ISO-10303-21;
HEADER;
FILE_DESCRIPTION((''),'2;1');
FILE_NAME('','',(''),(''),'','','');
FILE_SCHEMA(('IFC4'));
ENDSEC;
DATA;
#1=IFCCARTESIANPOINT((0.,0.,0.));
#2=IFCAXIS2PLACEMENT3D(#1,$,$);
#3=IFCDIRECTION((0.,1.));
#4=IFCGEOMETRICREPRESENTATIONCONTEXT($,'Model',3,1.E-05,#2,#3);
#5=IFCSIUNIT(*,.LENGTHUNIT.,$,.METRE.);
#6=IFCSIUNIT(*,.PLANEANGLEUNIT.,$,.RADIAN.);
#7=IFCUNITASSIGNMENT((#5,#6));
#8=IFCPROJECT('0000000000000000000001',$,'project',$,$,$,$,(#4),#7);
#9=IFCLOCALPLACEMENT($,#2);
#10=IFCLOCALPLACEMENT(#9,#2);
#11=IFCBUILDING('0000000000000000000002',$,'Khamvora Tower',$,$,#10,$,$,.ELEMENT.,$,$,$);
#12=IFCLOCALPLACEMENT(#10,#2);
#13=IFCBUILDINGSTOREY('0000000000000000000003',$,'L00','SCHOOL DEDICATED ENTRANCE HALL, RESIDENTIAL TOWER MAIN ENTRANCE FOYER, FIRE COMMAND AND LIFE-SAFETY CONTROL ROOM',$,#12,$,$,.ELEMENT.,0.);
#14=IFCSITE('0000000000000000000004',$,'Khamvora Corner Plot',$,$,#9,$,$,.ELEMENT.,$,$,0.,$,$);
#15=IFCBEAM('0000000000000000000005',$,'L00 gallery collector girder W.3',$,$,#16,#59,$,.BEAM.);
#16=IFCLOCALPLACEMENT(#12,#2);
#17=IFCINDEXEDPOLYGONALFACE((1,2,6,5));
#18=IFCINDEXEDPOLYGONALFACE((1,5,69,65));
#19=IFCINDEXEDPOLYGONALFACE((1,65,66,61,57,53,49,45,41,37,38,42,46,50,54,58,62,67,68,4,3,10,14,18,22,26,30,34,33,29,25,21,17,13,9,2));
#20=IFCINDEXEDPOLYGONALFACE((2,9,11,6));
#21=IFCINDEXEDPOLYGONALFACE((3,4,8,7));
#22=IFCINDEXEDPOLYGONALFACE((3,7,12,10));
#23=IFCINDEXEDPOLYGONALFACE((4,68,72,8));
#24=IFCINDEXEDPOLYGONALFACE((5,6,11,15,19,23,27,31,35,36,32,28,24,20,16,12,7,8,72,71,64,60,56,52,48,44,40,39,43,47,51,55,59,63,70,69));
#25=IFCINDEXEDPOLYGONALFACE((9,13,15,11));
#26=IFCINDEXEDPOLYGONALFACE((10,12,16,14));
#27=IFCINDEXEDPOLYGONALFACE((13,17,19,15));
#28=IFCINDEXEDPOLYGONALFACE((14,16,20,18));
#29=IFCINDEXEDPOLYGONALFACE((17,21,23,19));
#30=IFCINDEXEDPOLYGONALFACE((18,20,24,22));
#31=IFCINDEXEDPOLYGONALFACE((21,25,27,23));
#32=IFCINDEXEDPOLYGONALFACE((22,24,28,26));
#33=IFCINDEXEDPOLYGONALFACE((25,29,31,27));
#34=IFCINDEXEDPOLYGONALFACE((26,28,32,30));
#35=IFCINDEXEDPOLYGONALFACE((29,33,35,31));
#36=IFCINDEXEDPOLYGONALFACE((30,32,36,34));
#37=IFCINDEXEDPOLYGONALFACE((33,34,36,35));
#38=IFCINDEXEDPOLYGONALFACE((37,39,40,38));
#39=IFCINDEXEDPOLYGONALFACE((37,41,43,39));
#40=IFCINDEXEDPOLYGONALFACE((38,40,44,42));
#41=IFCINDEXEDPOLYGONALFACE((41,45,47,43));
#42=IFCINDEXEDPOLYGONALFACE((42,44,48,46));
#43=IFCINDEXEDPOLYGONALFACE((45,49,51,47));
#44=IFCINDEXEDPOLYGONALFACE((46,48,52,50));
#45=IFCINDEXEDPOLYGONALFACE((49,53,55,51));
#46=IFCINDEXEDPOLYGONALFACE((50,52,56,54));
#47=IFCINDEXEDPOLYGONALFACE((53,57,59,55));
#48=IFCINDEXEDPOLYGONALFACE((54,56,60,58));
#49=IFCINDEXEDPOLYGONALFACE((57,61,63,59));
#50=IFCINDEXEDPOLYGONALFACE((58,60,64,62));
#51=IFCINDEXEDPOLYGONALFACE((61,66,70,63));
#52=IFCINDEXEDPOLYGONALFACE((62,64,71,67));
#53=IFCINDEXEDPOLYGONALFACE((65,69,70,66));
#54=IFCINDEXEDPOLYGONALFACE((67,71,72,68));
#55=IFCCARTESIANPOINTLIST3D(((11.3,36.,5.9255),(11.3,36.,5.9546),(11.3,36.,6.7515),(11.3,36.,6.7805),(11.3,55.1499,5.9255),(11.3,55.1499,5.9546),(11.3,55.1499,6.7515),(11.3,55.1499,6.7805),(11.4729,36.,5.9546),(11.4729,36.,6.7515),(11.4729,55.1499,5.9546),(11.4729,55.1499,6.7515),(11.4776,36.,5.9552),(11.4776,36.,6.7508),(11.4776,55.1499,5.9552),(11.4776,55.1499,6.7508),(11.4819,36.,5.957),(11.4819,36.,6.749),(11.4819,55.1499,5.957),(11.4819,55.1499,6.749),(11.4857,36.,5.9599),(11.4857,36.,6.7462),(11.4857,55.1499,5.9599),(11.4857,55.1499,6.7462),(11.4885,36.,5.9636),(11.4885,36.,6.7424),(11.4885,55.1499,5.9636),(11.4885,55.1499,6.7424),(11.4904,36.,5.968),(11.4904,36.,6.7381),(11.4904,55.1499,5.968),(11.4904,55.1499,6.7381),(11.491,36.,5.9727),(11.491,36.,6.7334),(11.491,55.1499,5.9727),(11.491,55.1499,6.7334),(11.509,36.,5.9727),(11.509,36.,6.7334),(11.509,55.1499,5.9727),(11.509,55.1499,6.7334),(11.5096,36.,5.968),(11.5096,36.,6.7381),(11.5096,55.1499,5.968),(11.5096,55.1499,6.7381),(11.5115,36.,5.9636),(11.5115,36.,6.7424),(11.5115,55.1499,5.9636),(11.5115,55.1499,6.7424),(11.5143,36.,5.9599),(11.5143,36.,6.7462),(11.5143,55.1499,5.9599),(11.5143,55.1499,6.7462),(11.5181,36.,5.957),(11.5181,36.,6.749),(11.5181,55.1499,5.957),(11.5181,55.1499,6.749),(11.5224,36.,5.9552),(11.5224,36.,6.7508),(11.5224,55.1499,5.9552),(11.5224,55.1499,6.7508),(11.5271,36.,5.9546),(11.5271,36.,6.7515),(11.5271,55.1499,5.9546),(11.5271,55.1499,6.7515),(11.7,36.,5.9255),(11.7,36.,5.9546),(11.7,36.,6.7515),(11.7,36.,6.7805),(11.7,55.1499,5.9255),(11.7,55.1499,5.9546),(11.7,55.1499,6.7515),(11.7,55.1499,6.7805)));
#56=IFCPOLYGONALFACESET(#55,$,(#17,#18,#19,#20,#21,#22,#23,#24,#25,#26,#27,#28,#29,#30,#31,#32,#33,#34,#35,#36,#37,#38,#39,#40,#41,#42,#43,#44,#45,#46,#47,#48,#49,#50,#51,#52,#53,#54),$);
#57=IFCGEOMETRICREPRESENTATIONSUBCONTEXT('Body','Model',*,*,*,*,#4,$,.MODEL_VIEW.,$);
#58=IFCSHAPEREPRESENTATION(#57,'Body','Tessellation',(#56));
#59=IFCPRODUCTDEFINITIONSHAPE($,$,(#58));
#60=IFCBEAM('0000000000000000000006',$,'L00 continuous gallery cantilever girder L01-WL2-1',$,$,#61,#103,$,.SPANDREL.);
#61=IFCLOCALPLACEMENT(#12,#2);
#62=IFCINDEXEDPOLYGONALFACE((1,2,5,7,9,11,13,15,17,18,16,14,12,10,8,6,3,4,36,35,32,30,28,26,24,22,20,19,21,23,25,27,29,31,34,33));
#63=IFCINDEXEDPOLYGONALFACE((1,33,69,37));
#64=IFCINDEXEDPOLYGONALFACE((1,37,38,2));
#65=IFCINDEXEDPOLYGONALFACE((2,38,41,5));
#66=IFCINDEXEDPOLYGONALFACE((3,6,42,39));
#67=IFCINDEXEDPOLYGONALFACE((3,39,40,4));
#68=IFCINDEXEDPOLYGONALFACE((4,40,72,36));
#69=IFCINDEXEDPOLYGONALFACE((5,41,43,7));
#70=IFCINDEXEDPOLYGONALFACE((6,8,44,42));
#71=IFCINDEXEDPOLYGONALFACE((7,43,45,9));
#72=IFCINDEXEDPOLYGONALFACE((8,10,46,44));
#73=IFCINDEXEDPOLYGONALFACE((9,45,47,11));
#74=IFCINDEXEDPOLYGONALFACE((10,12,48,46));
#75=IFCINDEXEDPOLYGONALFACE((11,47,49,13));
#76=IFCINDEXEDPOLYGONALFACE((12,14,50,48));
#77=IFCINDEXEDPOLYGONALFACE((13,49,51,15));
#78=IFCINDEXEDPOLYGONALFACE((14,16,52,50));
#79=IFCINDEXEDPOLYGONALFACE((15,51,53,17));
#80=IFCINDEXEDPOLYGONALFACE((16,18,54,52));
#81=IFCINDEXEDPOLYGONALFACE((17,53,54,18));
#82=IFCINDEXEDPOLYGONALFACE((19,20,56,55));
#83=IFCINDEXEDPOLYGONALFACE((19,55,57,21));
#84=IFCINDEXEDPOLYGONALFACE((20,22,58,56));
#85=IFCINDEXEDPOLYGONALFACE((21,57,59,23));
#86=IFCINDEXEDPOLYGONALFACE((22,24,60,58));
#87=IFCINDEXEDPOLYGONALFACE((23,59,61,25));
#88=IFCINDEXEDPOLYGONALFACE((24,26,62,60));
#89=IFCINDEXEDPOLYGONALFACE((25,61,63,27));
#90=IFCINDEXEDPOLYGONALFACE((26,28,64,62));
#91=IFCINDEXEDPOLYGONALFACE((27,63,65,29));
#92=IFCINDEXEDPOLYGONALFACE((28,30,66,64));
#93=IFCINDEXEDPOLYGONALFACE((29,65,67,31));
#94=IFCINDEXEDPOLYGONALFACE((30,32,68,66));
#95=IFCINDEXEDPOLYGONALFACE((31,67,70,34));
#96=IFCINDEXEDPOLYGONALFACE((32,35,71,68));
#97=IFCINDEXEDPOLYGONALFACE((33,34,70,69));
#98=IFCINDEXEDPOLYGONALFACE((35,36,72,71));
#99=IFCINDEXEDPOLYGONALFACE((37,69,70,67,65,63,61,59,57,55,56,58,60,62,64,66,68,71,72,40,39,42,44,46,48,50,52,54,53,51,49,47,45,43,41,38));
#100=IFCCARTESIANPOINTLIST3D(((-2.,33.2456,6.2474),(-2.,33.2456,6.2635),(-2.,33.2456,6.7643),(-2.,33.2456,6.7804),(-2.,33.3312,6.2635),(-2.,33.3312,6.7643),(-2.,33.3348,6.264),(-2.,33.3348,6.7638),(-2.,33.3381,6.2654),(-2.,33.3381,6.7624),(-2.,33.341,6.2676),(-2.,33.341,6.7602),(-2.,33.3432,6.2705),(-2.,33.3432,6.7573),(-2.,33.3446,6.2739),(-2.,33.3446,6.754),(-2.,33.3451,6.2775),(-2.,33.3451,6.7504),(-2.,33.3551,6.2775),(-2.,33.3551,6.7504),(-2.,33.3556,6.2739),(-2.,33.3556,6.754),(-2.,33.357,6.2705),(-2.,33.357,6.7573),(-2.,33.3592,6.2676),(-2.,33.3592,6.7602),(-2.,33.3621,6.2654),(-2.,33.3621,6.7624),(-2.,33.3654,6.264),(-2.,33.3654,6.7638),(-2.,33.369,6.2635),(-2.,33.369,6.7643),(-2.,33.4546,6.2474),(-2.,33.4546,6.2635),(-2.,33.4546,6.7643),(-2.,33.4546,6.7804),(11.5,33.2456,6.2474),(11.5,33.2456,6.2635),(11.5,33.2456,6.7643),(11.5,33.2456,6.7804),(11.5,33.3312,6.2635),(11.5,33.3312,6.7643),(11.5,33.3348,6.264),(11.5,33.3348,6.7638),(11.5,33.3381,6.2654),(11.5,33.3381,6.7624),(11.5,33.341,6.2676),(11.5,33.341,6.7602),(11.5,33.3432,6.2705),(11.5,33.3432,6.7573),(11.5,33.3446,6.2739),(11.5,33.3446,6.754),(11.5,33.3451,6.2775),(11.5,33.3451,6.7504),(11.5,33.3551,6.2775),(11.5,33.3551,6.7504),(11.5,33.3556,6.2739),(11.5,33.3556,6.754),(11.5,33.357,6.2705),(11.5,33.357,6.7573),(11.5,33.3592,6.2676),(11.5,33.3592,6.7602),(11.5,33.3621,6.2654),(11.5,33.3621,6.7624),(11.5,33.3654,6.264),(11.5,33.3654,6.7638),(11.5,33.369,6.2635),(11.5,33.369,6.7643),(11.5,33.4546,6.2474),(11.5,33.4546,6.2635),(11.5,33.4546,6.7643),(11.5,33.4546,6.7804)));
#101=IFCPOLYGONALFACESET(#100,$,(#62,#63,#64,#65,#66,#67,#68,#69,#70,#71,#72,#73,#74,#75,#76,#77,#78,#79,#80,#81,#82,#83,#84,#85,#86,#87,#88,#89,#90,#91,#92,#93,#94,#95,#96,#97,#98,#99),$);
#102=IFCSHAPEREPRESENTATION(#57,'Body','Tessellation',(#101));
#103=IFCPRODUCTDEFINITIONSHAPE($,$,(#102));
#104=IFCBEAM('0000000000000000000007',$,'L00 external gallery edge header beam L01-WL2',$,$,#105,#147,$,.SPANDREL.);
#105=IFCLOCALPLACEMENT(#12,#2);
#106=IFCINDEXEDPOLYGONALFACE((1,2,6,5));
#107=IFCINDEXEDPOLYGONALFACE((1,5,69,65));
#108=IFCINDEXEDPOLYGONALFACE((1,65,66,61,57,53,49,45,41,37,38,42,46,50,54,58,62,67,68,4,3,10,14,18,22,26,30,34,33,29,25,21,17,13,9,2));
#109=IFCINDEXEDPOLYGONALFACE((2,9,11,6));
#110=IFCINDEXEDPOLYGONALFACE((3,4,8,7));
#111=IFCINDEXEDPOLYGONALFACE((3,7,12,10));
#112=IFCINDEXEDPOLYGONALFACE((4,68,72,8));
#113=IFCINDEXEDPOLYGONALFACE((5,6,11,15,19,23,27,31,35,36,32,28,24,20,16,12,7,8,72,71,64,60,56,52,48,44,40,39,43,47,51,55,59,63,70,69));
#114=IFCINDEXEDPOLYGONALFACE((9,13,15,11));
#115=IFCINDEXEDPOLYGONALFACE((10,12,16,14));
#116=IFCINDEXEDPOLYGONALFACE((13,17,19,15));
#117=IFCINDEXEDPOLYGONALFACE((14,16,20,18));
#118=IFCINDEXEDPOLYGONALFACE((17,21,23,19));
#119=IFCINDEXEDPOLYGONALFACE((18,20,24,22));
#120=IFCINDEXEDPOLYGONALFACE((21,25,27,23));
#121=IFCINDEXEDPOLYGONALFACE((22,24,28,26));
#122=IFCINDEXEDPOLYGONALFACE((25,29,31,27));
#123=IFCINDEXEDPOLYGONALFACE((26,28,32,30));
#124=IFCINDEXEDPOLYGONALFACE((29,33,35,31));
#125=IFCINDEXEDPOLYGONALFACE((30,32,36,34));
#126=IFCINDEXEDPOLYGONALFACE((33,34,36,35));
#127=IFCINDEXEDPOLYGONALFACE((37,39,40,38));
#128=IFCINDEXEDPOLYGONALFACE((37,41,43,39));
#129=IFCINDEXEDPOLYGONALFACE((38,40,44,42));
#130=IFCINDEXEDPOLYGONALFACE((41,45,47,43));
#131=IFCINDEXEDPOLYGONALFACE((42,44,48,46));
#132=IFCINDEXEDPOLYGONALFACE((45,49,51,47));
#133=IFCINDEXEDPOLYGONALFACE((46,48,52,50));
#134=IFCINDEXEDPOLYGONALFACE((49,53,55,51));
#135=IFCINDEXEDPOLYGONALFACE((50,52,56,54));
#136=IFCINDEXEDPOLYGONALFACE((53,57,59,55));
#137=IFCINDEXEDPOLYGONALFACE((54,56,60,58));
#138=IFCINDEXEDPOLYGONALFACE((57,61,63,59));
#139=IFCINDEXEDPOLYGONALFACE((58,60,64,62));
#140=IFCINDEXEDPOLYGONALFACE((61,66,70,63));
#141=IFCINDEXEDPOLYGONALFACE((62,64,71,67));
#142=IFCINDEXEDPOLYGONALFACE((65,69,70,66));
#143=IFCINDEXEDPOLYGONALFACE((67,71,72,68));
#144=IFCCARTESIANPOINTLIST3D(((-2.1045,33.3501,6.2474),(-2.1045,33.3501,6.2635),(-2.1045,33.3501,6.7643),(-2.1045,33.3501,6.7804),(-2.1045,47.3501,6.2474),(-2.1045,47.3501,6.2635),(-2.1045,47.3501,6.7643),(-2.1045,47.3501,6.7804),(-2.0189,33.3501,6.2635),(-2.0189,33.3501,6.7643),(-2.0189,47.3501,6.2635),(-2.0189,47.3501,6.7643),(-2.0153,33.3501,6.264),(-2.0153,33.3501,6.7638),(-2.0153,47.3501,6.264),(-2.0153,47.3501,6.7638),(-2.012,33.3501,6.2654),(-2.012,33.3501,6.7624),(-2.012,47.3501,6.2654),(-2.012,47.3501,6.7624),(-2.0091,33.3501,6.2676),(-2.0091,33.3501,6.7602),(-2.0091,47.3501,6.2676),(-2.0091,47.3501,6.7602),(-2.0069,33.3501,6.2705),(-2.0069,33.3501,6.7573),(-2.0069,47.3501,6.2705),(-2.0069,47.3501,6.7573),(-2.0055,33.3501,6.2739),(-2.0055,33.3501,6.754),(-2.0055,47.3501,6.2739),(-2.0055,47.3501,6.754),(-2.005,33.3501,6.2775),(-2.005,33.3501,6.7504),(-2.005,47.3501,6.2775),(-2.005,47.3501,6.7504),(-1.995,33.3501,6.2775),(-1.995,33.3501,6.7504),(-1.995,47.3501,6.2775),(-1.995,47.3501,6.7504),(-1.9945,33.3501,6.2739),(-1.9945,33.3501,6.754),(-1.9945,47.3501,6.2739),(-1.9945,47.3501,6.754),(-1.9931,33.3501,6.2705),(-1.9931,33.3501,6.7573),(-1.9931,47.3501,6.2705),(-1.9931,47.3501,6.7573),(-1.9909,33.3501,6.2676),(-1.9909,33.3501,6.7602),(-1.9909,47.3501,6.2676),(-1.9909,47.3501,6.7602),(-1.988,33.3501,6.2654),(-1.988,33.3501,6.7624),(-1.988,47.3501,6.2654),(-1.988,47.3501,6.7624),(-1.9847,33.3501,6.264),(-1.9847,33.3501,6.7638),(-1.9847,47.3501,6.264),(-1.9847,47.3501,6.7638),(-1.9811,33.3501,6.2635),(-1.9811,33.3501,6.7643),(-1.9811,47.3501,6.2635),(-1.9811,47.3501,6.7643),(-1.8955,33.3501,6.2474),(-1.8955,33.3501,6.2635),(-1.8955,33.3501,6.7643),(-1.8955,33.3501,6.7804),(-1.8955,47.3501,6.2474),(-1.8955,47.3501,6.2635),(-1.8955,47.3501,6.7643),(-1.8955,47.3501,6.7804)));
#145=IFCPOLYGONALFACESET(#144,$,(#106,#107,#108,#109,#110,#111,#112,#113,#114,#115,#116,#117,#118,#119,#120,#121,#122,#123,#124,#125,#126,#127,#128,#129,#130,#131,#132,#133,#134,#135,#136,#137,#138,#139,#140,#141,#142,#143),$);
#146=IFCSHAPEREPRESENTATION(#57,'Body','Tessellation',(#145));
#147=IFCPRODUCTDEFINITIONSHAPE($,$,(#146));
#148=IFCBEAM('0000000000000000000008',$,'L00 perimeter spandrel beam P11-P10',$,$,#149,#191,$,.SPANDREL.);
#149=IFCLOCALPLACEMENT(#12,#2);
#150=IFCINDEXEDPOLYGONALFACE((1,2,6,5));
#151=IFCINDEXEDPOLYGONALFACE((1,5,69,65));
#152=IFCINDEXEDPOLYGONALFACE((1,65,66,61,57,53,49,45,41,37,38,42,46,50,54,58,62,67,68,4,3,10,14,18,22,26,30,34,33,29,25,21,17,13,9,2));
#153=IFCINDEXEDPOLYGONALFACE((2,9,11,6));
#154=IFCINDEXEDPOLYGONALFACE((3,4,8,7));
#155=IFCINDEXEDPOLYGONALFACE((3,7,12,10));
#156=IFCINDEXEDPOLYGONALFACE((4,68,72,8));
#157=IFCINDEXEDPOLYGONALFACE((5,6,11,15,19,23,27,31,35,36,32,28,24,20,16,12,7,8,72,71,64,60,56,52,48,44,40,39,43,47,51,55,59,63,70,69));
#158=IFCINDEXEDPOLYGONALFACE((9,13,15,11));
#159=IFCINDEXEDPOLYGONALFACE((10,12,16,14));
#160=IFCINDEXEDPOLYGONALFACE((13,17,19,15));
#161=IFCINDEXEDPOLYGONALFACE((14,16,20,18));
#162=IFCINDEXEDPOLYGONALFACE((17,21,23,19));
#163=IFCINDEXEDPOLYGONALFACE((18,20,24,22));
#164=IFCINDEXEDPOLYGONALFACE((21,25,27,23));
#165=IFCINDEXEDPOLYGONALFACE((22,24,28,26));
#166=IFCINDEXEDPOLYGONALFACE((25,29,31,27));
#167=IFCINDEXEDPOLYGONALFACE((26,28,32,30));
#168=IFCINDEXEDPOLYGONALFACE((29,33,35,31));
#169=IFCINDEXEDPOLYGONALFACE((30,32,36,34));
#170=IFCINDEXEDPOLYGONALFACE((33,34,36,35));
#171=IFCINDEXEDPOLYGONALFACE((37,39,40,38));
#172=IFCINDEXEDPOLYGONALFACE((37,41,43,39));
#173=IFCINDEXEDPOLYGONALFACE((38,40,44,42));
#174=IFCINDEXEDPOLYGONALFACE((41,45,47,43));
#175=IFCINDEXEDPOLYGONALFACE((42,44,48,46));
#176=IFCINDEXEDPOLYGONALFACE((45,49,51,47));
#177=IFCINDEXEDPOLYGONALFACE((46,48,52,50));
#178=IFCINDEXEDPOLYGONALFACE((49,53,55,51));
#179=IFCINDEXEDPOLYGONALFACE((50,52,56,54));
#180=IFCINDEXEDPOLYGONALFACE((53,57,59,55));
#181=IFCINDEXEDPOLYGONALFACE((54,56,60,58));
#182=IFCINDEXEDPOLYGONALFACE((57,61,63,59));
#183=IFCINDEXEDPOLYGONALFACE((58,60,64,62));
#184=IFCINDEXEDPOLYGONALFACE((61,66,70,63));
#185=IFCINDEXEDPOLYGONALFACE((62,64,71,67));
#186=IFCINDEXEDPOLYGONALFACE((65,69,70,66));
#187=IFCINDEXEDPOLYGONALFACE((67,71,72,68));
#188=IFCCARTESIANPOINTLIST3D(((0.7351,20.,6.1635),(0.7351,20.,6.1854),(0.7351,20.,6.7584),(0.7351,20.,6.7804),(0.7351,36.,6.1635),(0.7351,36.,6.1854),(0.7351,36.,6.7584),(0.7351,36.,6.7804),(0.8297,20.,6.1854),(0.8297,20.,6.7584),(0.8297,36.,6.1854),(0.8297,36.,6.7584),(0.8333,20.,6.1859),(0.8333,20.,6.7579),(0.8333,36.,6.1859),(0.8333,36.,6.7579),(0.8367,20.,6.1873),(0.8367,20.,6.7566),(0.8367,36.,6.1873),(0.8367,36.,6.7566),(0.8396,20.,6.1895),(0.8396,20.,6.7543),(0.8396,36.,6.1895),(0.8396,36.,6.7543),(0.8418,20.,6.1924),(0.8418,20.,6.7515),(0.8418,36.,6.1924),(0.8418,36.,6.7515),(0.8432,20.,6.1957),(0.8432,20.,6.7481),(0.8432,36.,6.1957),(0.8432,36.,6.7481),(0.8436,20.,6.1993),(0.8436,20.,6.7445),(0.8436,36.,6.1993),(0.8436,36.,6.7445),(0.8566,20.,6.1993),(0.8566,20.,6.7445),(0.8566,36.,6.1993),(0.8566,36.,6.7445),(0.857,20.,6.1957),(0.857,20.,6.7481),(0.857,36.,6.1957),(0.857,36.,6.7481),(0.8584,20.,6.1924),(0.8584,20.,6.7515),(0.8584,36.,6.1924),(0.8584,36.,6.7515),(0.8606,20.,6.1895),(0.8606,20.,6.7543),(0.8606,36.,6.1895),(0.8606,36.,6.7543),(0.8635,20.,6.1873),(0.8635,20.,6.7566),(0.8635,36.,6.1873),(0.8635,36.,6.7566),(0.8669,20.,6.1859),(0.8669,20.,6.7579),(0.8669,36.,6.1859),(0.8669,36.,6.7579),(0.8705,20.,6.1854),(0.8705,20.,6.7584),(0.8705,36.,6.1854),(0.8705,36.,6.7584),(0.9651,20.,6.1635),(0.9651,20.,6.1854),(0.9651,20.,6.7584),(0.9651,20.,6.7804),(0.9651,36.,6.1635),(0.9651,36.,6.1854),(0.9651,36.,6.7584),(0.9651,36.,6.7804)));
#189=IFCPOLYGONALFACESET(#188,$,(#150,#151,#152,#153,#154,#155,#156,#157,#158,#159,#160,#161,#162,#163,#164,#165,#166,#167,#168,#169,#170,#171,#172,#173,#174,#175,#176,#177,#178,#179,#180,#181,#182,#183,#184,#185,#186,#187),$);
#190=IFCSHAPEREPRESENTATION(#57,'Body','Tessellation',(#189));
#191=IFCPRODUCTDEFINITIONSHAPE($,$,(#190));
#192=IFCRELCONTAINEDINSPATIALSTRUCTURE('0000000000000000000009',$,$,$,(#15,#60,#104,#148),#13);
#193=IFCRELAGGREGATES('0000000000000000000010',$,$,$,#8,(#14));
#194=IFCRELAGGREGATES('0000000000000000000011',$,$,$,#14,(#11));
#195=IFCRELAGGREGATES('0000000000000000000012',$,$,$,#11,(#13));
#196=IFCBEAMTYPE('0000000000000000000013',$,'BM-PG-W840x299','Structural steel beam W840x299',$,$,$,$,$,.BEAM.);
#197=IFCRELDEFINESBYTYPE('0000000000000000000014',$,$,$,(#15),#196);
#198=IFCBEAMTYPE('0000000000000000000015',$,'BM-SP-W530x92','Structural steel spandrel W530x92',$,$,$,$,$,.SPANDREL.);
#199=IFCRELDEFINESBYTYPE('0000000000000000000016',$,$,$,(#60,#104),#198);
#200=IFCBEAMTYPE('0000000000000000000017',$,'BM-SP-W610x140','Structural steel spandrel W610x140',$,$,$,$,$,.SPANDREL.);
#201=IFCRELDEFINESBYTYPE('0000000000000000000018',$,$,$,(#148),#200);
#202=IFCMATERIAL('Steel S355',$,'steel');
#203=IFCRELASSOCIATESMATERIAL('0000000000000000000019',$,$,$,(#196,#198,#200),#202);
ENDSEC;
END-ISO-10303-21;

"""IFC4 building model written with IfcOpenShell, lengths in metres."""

from ifc_helpers import new_model, si_unit, direction, frame, origin, origin_2d, place, context, subcontext, project, spatial, i_section, extrude, material, material_profile, profile_set, type_object, element, save


model = new_model("IFC4")

# Units and contexts
model_context = context("Model", 3, precision=1e-05, world=origin(), true_north=direction((0.0, 1.0)))
body_context = subcontext(model_context, "Body", "Model", "MODEL_VIEW")
ifc_project = project(units=[si_unit("LENGTHUNIT", "METRE"), si_unit("PLANEANGLEUNIT", "RADIAN")], contexts=[model_context])

# Site, building, storey
site_placement = place(None, origin())
site = spatial("IfcSite", under=ifc_project, at=site_placement, Name="Khamvora Corner Plot", CompositionType="ELEMENT", RefElevation=0.0)
building_placement = place(site_placement, origin())
building = spatial("IfcBuilding", under=site, at=building_placement, Name="Khamvora Tower", CompositionType="ELEMENT")
storey_placement = place(building_placement, origin())
storey = spatial("IfcBuildingStorey", under=building, at=storey_placement, Name="L00", Description="SCHOOL DEDICATED ENTRANCE HALL, RESIDENTIAL TOWER MAIN ENTRANCE FOYER, FIRE COMMAND AND LIFE-SAFETY CONTROL ROOM", CompositionType="ELEMENT", Elevation=0.0)

# Beams
ifc_material_1 = material(Name="Steel S355", Category="steel")
ifc_material_profile_1 = material_profile(ifc_material_1, i_section(OverallWidth=0.3999, OverallDepth=0.855, WebThickness=0.0181, FlangeThickness=0.0291, FilletRadius=0.0181, at=origin_2d()), Name="W840x299")
ifc_profile_set_1 = profile_set([ifc_material_profile_1], Name="Steel S355")
beam_type_1 = type_object("IfcBeamType", Name="BM-PG-W840x299", Description="Structural steel beam W840x299", PredefinedType="BEAM", material=ifc_profile_set_1)
beam_1_placement = place(storey_placement, frame((11.5, 36.0, 6.353), z_axis=(0.0, 1.0, 0.0), x_axis=(-1.0, 0.0, 0.0)))
element("IfcBeam", 1, at=beam_1_placement, inside=storey, type_object=beam_type_1, Name="L00 gallery collector girder W.3", PredefinedType="BEAM", context=body_context, shape_type="SweptSolid", body=[
    extrude(i_section(OverallWidth=0.3999, OverallDepth=0.855, WebThickness=0.0181, FlangeThickness=0.0291, FilletRadius=0.0181, at=origin_2d()), origin(), (0.0, 0.0, 1.0), 19.1499),
])
ifc_material_profile_2 = material_profile(ifc_material_1, i_section(OverallWidth=0.209, OverallDepth=0.533, WebThickness=0.01, FlangeThickness=0.0161, FilletRadius=0.0139, at=origin_2d()), Name="W530x92")
ifc_profile_set_2 = profile_set([ifc_material_profile_2], Name="Steel S355")
beam_type_2 = type_object("IfcBeamType", Name="BM-SP-W530x92", Description="Structural steel spandrel W530x92", PredefinedType="SPANDREL", material=ifc_profile_set_2)
beam_2_placement = place(storey_placement, frame((11.5, 33.3501, 6.5139), z_axis=(-1.0, 0.0, 0.0), x_axis=(0.0, -1.0, 0.0)))
element("IfcBeam", 2, at=beam_2_placement, inside=storey, type_object=beam_type_2, Name="L00 continuous gallery cantilever girder L01-WL2-1", PredefinedType="SPANDREL", context=body_context, shape_type="SweptSolid", body=[
    extrude(i_section(OverallWidth=0.209, OverallDepth=0.533, WebThickness=0.01, FlangeThickness=0.0161, FilletRadius=0.0139, at=origin_2d()), origin(), (0.0, 0.0, 1.0), 13.5),
])
beam_3_placement = place(storey_placement, frame((-2.0, 33.3501, 6.5139), z_axis=(0.0, 1.0, 0.0), x_axis=(-1.0, 0.0, 0.0)))
element("IfcBeam", 3, at=beam_3_placement, inside=storey, type_object=beam_type_2, Name="L00 external gallery edge header beam L01-WL2", PredefinedType="SPANDREL", context=body_context, shape_type="SweptSolid", body=[
    extrude(i_section(OverallWidth=0.209, OverallDepth=0.533, WebThickness=0.01, FlangeThickness=0.0161, FilletRadius=0.0139, at=origin_2d()), origin(), (0.0, 0.0, 1.0), 14.0),
])
ifc_material_profile_3 = material_profile(ifc_material_1, i_section(OverallWidth=0.23, OverallDepth=0.6169, WebThickness=0.0129, FlangeThickness=0.022, FilletRadius=0.0139, at=origin_2d()), Name="W610x140")
ifc_profile_set_3 = profile_set([ifc_material_profile_3], Name="Steel S355")
beam_type_3 = type_object("IfcBeamType", Name="BM-SP-W610x140", Description="Structural steel spandrel W610x140", PredefinedType="SPANDREL", material=ifc_profile_set_3)
beam_4_placement = place(storey_placement, frame((0.8501, 36.0, 6.4719), z_axis=(0.0, -1.0, 0.0), x_axis=(1.0, 0.0, 0.0)))
element("IfcBeam", 4, at=beam_4_placement, inside=storey, type_object=beam_type_3, Name="L00 perimeter spandrel beam P11-P10", PredefinedType="SPANDREL", context=body_context, shape_type="SweptSolid", body=[
    extrude(i_section(OverallWidth=0.23, OverallDepth=0.6169, WebThickness=0.0129, FlangeThickness=0.022, FilletRadius=0.0139, at=origin_2d()), origin(), (0.0, 0.0, 1.0), 16.0),
])

save(model, "model.ifc")
